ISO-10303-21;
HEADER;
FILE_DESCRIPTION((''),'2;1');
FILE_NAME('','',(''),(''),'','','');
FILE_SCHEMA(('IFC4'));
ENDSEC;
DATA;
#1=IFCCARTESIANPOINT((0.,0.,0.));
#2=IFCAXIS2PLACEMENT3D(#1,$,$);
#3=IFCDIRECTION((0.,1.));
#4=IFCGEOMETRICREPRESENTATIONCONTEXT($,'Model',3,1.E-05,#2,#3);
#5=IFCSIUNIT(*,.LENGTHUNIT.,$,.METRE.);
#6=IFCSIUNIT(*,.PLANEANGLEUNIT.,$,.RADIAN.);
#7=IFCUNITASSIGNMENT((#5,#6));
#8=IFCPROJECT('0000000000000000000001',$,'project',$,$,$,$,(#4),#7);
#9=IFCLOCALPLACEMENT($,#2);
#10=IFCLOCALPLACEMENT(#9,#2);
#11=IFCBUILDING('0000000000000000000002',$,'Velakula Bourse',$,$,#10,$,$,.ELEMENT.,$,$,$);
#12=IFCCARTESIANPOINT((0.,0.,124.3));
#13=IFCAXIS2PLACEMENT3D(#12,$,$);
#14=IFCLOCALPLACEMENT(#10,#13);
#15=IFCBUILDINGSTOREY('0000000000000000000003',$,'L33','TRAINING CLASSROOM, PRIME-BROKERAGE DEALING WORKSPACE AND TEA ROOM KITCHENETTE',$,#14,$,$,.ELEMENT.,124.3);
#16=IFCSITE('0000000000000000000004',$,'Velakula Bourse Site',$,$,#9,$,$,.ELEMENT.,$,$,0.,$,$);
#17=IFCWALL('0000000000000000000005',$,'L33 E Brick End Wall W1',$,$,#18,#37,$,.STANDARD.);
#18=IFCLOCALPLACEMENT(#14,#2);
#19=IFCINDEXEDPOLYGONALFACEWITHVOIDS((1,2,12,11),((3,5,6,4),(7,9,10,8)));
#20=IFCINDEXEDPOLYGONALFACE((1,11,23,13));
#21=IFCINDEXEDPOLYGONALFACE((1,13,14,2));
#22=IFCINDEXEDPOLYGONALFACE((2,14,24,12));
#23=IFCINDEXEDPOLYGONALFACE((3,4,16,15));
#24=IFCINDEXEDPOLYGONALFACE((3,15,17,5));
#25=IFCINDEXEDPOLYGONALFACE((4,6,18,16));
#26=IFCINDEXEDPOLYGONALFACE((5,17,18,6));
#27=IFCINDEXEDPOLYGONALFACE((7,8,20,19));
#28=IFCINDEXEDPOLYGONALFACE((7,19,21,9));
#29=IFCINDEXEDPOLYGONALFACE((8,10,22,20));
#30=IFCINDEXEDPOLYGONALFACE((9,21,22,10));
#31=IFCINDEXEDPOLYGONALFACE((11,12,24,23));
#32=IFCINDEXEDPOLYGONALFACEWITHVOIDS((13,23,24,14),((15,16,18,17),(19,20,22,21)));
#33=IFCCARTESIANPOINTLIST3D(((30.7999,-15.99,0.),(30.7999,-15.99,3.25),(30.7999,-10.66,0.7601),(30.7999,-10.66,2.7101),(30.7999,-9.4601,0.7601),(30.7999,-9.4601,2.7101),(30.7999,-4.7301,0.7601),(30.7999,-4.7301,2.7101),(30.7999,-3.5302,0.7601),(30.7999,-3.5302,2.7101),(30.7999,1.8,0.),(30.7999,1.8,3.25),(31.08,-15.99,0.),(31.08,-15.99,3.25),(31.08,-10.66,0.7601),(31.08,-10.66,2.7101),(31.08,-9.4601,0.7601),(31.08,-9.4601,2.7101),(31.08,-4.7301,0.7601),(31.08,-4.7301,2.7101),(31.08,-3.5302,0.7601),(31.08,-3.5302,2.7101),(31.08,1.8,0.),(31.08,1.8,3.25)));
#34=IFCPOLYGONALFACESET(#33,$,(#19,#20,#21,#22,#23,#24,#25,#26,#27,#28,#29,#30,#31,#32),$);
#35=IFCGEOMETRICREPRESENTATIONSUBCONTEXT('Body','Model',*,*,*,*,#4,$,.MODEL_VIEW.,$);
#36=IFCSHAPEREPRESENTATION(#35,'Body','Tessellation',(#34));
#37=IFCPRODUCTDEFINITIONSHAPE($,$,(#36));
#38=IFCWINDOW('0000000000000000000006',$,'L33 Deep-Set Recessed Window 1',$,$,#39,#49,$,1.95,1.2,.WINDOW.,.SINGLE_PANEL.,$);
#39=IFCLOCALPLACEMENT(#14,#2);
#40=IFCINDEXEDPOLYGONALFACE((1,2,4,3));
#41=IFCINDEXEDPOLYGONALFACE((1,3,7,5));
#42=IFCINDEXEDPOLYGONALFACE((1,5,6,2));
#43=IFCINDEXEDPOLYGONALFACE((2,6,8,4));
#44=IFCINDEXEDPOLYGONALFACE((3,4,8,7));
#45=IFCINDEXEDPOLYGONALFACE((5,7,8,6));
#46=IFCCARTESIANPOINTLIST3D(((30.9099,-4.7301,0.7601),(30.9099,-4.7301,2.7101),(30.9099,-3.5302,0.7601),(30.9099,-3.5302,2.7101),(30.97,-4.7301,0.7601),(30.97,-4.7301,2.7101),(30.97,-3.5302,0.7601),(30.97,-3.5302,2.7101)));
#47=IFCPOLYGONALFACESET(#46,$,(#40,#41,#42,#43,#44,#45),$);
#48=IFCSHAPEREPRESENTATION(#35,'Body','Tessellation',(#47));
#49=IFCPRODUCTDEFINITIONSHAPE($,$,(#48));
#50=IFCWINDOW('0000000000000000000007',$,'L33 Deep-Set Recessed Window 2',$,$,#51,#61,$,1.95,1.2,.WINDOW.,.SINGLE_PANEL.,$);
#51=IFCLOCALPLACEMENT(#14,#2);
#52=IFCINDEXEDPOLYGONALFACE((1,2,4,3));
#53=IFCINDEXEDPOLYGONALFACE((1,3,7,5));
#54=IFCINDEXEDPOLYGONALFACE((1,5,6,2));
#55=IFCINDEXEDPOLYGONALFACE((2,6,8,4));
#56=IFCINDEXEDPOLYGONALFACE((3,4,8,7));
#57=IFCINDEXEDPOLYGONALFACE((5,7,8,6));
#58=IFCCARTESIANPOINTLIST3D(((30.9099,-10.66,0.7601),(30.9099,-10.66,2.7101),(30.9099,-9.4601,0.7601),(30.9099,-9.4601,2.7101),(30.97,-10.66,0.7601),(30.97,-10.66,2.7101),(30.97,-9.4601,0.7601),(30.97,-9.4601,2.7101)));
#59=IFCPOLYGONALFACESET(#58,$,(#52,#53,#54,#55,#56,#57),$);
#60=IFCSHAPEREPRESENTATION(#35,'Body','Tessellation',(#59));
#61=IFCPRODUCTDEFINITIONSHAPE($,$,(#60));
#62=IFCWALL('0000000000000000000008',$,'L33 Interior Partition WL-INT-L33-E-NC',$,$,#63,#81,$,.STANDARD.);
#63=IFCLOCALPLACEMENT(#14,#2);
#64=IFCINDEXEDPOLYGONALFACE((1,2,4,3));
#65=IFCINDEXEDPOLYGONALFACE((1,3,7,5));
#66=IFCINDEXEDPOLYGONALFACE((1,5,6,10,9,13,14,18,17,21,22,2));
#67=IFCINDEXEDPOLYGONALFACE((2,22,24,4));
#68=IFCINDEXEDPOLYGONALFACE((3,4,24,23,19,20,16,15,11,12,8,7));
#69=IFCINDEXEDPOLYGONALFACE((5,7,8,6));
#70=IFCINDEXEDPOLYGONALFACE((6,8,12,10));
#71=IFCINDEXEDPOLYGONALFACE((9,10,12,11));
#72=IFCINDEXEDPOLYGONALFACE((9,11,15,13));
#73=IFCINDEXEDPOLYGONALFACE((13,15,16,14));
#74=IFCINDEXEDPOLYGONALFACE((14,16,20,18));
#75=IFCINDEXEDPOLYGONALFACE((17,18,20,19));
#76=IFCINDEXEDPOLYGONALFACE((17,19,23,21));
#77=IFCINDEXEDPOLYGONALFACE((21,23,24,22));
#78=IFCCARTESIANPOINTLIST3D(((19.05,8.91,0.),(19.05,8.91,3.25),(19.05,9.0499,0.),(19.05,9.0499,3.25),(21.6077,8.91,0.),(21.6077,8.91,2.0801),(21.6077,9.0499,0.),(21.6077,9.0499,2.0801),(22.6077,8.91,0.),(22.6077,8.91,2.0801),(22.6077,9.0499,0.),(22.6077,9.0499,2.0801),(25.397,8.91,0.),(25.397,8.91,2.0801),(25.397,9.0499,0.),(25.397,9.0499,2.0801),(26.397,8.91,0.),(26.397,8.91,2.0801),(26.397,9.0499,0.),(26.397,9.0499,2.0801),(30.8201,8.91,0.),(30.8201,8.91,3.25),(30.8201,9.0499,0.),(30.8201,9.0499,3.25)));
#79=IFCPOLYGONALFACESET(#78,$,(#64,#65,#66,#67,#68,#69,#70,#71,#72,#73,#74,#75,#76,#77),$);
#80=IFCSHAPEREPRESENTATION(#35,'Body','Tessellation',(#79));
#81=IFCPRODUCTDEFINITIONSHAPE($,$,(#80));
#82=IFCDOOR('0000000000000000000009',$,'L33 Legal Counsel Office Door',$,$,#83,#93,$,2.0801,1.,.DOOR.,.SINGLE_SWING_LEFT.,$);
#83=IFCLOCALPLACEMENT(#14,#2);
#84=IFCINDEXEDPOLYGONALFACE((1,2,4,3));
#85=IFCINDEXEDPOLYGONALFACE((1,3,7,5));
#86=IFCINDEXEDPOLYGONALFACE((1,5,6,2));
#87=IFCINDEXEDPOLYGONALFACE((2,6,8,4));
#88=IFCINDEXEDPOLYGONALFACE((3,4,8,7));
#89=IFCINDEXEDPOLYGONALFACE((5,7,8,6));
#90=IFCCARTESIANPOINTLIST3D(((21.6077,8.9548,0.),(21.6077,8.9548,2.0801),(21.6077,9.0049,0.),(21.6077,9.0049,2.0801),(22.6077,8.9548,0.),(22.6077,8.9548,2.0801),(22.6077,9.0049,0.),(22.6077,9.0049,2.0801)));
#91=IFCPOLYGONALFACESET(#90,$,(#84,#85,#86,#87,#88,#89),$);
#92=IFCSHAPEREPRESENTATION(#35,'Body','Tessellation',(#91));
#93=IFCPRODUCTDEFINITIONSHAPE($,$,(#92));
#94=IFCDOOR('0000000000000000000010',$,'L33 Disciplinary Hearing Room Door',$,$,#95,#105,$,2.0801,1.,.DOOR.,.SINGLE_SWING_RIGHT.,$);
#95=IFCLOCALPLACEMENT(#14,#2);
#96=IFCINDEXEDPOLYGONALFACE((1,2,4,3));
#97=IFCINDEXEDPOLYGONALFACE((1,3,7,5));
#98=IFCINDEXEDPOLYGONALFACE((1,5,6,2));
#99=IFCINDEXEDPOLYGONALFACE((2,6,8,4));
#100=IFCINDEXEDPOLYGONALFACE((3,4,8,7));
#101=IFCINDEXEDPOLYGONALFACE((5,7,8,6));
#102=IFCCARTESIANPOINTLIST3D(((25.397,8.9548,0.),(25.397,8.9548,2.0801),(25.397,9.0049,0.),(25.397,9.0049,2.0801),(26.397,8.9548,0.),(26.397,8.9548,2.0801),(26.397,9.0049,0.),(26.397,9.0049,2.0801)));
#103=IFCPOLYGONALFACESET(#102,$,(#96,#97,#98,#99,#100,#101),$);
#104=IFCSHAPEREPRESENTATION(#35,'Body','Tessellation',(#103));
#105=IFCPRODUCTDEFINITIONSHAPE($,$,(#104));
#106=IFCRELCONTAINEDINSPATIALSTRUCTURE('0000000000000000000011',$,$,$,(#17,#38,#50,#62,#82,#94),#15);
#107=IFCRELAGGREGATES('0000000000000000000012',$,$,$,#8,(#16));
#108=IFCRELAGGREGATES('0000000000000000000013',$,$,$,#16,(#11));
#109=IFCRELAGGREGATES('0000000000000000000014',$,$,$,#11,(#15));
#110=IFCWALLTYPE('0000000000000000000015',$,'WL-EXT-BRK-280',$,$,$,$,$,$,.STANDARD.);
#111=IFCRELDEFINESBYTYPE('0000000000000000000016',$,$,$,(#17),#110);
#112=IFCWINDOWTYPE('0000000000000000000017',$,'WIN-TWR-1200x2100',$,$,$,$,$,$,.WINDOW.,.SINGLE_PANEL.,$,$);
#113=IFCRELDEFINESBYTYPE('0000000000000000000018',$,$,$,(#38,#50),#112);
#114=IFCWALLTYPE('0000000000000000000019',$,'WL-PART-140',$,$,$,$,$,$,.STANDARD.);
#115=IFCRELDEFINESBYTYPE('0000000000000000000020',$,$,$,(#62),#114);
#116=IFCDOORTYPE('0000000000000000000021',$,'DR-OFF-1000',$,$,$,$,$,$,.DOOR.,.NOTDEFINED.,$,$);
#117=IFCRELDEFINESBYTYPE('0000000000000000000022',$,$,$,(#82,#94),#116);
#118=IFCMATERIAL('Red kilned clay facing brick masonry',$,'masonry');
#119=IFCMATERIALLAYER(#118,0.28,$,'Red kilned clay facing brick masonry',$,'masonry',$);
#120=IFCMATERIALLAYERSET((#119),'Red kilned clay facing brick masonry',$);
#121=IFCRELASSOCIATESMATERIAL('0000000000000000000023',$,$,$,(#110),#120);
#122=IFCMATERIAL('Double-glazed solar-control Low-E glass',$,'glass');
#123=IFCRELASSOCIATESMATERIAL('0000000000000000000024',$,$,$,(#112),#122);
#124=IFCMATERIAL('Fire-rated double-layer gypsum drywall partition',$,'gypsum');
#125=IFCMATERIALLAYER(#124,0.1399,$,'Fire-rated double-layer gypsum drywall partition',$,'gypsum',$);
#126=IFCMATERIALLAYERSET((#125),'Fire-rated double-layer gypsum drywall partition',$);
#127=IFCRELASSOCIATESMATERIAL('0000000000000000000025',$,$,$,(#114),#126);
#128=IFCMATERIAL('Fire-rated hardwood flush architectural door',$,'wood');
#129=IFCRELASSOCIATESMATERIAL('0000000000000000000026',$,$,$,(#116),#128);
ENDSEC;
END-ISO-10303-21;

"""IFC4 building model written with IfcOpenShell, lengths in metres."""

from ifc_helpers import new_model, si_unit, direction, frame, frame_2d, origin, place, context, subcontext, project, spatial, rectangle, extrude, material, layer, layer_set, type_object, element, fill, save


model = new_model("IFC4")

# Units and contexts
model_context = context("Model", 3, precision=1e-05, world=origin(), true_north=direction((0.0, 1.0)))
body_context = subcontext(model_context, "Body", "Model", "MODEL_VIEW")
ifc_project = project(units=[si_unit("LENGTHUNIT", "METRE"), si_unit("PLANEANGLEUNIT", "RADIAN")], contexts=[model_context])

# Site, building, storey
site_placement = place(None, origin())
site = spatial("IfcSite", under=ifc_project, at=site_placement, Name="Velakula Bourse Site", CompositionType="ELEMENT", RefElevation=0.0)
building_placement = place(site_placement, origin())
building = spatial("IfcBuilding", under=site, at=building_placement, Name="Velakula Bourse", CompositionType="ELEMENT")
storey_placement = place(building_placement, frame((0.0, 0.0, 124.3)))
storey = spatial("IfcBuildingStorey", under=building, at=storey_placement, Name="L33", Description="TRAINING CLASSROOM, PRIME-BROKERAGE DEALING WORKSPACE AND TEA ROOM KITCHENETTE", CompositionType="ELEMENT", Elevation=124.3)

# Wall, openings, windows
ifc_material_1 = material(Name="Red kilned clay facing brick masonry", Category="masonry")
ifc_layer_1 = layer(ifc_material_1, 0.28, Name="Red kilned clay facing brick masonry", Category="masonry")
ifc_layer_set_1 = layer_set([ifc_layer_1], Name="Red kilned clay facing brick masonry")
wall_type_1 = type_object("IfcWallType", Name="WL-EXT-BRK-280", PredefinedType="STANDARD", material=ifc_layer_set_1)
wall_1_placement = place(storey_placement, frame((30.9399, 1.8, 0.0), z_axis=(0.0, 0.0, 1.0), x_axis=(0.0, -1.0, 0.0)))
wall_1 = element("IfcWall", 1, at=wall_1_placement, inside=storey, type_object=wall_type_1, Name="L33 E Brick End Wall W1", PredefinedType="STANDARD", context=body_context, shape_type="SweptSolid", body=[
    extrude(rectangle(XDim=17.79, YDim=0.28, at=frame_2d((8.895, 0.0))), origin(), (0.0, 0.0, 1.0), 3.25),
])
opening_1_placement = place(wall_1_placement, frame((5.3301, 0.0, 0.76)))
opening_1 = element("IfcOpeningElement", 2, at=opening_1_placement, cuts=wall_1, PredefinedType="OPENING", context=body_context, shape_type="SweptSolid", body=[
    extrude(rectangle(XDim=1.2, YDim=1.95, at=frame_2d((0.6001, 0.9751))), frame((0.0, 0.1499, 0.0), z_axis=(0.0, -1.0, 0.0), x_axis=(1.0, 0.0, 0.0)), (0.0, 0.0, 1.0), 0.3),
])
opening_2_placement = place(wall_1_placement, frame((11.26, 0.0, 0.76)))
opening_2 = element("IfcOpeningElement", 3, at=opening_2_placement, cuts=wall_1, PredefinedType="OPENING", context=body_context, shape_type="SweptSolid", body=[
    extrude(rectangle(XDim=1.2, YDim=1.95, at=frame_2d((0.6001, 0.9751))), frame((0.0, 0.1499, 0.0), z_axis=(0.0, -1.0, 0.0), x_axis=(1.0, 0.0, 0.0)), (0.0, 0.0, 1.0), 0.3),
])
ifc_material_2 = material(Name="Double-glazed solar-control Low-E glass", Category="glass")
window_type = type_object("IfcWindowType", Name="WIN-TWR-1200x2100", PartitioningType="SINGLE_PANEL", PredefinedType="WINDOW", material=ifc_material_2)
window_1_placement = place(opening_1_placement, origin())
window_1 = element("IfcWindow", 4, at=window_1_placement, inside=storey, type_object=window_type, Name="L33 Deep-Set Recessed Window 1", OverallHeight=1.95, OverallWidth=1.2, PartitioningType="SINGLE_PANEL", PredefinedType="WINDOW", context=body_context, shape_type="SweptSolid", body=[
    extrude(rectangle(XDim=1.2, YDim=1.95, at=frame_2d((0.6001, 0.9751))), frame((0.0, 0.03, 0.0), z_axis=(0.0, -1.0, 0.0), x_axis=(1.0, 0.0, 0.0)), (0.0, 0.0, 1.0), 0.0601),
])
fill(opening_1, window_1)
window_2_placement = place(opening_2_placement, origin())
window_2 = element("IfcWindow", 5, at=window_2_placement, inside=storey, type_object=window_type, Name="L33 Deep-Set Recessed Window 2", OverallHeight=1.95, OverallWidth=1.2, PartitioningType="SINGLE_PANEL", PredefinedType="WINDOW", context=body_context, shape_type="SweptSolid", body=[
    extrude(rectangle(XDim=1.2, YDim=1.95, at=frame_2d((0.6001, 0.9751))), frame((0.0, 0.03, 0.0), z_axis=(0.0, -1.0, 0.0), x_axis=(1.0, 0.0, 0.0)), (0.0, 0.0, 1.0), 0.0601),
])
fill(opening_2, window_2)

# Wall, openings, doors
ifc_material_3 = material(Name="Fire-rated double-layer gypsum drywall partition", Category="gypsum")
ifc_layer_2 = layer(ifc_material_3, 0.1399, Name="Fire-rated double-layer gypsum drywall partition", Category="gypsum")
ifc_layer_set_2 = layer_set([ifc_layer_2], Name="Fire-rated double-layer gypsum drywall partition")
wall_type_2 = type_object("IfcWallType", Name="WL-PART-140", PredefinedType="STANDARD", material=ifc_layer_set_2)
wall_2_placement = place(storey_placement, frame((19.05, 8.98, 0.0), z_axis=(0.0, 0.0, 1.0), x_axis=(1.0, 0.0, 0.0)))
wall_2 = element("IfcWall", 6, at=wall_2_placement, inside=storey, type_object=wall_type_2, Name="L33 Interior Partition WL-INT-L33-E-NC", PredefinedType="STANDARD", context=body_context, shape_type="SweptSolid", body=[
    extrude(rectangle(XDim=11.77, YDim=0.1399, at=frame_2d((5.885, 0.0))), origin(), (0.0, 0.0, 1.0), 3.25),
])
opening_3_placement = place(wall_2_placement, frame((2.5576, 0.0, 0.0)))
opening_3 = element("IfcOpeningElement", 7, at=opening_3_placement, cuts=wall_2, PredefinedType="OPENING", context=body_context, shape_type="SweptSolid", body=[
    extrude(rectangle(XDim=1.0, YDim=2.0801, at=frame_2d((0.5, 1.04))), frame((0.0, 0.0798, 0.0), z_axis=(0.0, -1.0, 0.0), x_axis=(1.0, 0.0, 0.0)), (0.0, 0.0, 1.0), 0.1599),
])
opening_4_placement = place(wall_2_placement, frame((6.3469, 0.0, 0.0)))
opening_4 = element("IfcOpeningElement", 8, at=opening_4_placement, cuts=wall_2, PredefinedType="OPENING", context=body_context, shape_type="SweptSolid", body=[
    extrude(rectangle(XDim=1.0, YDim=2.0801, at=frame_2d((0.5, 1.04))), frame((0.0, 0.0798, 0.0), z_axis=(0.0, -1.0, 0.0), x_axis=(1.0, 0.0, 0.0)), (0.0, 0.0, 1.0), 0.1599),
])
ifc_material_4 = material(Name="Fire-rated hardwood flush architectural door", Category="wood")
door_type = type_object("IfcDoorType", Name="DR-OFF-1000", OperationType="NOTDEFINED", PredefinedType="DOOR", material=ifc_material_4)
door_1_placement = place(opening_3_placement, origin())
door_1 = element("IfcDoor", 9, at=door_1_placement, inside=storey, type_object=door_type, Name="L33 Legal Counsel Office Door", OperationType="SINGLE_SWING_LEFT", OverallHeight=2.0801, OverallWidth=1.0, PredefinedType="DOOR", context=body_context, shape_type="SweptSolid", body=[
    extrude(rectangle(XDim=1.0, YDim=2.0801, at=frame_2d((0.5, 1.04))), frame((0.0, 0.0249, 0.0), z_axis=(0.0, -1.0, 0.0), x_axis=(1.0, 0.0, 0.0)), (0.0, 0.0, 1.0), 0.05),
])
fill(opening_3, door_1)
door_2_placement = place(opening_4_placement, origin())
door_2 = element("IfcDoor", 10, at=door_2_placement, inside=storey, type_object=door_type, Name="L33 Disciplinary Hearing Room Door", OperationType="SINGLE_SWING_RIGHT", OverallHeight=2.0801, OverallWidth=1.0, PredefinedType="DOOR", context=body_context, shape_type="SweptSolid", body=[
    extrude(rectangle(XDim=1.0, YDim=2.0801, at=frame_2d((0.5, 1.04))), frame((0.0, 0.0249, 0.0), z_axis=(0.0, -1.0, 0.0), x_axis=(1.0, 0.0, 0.0)), (0.0, 0.0, 1.0), 0.05),
])
fill(opening_4, door_2)

save(model, "model.ifc")
